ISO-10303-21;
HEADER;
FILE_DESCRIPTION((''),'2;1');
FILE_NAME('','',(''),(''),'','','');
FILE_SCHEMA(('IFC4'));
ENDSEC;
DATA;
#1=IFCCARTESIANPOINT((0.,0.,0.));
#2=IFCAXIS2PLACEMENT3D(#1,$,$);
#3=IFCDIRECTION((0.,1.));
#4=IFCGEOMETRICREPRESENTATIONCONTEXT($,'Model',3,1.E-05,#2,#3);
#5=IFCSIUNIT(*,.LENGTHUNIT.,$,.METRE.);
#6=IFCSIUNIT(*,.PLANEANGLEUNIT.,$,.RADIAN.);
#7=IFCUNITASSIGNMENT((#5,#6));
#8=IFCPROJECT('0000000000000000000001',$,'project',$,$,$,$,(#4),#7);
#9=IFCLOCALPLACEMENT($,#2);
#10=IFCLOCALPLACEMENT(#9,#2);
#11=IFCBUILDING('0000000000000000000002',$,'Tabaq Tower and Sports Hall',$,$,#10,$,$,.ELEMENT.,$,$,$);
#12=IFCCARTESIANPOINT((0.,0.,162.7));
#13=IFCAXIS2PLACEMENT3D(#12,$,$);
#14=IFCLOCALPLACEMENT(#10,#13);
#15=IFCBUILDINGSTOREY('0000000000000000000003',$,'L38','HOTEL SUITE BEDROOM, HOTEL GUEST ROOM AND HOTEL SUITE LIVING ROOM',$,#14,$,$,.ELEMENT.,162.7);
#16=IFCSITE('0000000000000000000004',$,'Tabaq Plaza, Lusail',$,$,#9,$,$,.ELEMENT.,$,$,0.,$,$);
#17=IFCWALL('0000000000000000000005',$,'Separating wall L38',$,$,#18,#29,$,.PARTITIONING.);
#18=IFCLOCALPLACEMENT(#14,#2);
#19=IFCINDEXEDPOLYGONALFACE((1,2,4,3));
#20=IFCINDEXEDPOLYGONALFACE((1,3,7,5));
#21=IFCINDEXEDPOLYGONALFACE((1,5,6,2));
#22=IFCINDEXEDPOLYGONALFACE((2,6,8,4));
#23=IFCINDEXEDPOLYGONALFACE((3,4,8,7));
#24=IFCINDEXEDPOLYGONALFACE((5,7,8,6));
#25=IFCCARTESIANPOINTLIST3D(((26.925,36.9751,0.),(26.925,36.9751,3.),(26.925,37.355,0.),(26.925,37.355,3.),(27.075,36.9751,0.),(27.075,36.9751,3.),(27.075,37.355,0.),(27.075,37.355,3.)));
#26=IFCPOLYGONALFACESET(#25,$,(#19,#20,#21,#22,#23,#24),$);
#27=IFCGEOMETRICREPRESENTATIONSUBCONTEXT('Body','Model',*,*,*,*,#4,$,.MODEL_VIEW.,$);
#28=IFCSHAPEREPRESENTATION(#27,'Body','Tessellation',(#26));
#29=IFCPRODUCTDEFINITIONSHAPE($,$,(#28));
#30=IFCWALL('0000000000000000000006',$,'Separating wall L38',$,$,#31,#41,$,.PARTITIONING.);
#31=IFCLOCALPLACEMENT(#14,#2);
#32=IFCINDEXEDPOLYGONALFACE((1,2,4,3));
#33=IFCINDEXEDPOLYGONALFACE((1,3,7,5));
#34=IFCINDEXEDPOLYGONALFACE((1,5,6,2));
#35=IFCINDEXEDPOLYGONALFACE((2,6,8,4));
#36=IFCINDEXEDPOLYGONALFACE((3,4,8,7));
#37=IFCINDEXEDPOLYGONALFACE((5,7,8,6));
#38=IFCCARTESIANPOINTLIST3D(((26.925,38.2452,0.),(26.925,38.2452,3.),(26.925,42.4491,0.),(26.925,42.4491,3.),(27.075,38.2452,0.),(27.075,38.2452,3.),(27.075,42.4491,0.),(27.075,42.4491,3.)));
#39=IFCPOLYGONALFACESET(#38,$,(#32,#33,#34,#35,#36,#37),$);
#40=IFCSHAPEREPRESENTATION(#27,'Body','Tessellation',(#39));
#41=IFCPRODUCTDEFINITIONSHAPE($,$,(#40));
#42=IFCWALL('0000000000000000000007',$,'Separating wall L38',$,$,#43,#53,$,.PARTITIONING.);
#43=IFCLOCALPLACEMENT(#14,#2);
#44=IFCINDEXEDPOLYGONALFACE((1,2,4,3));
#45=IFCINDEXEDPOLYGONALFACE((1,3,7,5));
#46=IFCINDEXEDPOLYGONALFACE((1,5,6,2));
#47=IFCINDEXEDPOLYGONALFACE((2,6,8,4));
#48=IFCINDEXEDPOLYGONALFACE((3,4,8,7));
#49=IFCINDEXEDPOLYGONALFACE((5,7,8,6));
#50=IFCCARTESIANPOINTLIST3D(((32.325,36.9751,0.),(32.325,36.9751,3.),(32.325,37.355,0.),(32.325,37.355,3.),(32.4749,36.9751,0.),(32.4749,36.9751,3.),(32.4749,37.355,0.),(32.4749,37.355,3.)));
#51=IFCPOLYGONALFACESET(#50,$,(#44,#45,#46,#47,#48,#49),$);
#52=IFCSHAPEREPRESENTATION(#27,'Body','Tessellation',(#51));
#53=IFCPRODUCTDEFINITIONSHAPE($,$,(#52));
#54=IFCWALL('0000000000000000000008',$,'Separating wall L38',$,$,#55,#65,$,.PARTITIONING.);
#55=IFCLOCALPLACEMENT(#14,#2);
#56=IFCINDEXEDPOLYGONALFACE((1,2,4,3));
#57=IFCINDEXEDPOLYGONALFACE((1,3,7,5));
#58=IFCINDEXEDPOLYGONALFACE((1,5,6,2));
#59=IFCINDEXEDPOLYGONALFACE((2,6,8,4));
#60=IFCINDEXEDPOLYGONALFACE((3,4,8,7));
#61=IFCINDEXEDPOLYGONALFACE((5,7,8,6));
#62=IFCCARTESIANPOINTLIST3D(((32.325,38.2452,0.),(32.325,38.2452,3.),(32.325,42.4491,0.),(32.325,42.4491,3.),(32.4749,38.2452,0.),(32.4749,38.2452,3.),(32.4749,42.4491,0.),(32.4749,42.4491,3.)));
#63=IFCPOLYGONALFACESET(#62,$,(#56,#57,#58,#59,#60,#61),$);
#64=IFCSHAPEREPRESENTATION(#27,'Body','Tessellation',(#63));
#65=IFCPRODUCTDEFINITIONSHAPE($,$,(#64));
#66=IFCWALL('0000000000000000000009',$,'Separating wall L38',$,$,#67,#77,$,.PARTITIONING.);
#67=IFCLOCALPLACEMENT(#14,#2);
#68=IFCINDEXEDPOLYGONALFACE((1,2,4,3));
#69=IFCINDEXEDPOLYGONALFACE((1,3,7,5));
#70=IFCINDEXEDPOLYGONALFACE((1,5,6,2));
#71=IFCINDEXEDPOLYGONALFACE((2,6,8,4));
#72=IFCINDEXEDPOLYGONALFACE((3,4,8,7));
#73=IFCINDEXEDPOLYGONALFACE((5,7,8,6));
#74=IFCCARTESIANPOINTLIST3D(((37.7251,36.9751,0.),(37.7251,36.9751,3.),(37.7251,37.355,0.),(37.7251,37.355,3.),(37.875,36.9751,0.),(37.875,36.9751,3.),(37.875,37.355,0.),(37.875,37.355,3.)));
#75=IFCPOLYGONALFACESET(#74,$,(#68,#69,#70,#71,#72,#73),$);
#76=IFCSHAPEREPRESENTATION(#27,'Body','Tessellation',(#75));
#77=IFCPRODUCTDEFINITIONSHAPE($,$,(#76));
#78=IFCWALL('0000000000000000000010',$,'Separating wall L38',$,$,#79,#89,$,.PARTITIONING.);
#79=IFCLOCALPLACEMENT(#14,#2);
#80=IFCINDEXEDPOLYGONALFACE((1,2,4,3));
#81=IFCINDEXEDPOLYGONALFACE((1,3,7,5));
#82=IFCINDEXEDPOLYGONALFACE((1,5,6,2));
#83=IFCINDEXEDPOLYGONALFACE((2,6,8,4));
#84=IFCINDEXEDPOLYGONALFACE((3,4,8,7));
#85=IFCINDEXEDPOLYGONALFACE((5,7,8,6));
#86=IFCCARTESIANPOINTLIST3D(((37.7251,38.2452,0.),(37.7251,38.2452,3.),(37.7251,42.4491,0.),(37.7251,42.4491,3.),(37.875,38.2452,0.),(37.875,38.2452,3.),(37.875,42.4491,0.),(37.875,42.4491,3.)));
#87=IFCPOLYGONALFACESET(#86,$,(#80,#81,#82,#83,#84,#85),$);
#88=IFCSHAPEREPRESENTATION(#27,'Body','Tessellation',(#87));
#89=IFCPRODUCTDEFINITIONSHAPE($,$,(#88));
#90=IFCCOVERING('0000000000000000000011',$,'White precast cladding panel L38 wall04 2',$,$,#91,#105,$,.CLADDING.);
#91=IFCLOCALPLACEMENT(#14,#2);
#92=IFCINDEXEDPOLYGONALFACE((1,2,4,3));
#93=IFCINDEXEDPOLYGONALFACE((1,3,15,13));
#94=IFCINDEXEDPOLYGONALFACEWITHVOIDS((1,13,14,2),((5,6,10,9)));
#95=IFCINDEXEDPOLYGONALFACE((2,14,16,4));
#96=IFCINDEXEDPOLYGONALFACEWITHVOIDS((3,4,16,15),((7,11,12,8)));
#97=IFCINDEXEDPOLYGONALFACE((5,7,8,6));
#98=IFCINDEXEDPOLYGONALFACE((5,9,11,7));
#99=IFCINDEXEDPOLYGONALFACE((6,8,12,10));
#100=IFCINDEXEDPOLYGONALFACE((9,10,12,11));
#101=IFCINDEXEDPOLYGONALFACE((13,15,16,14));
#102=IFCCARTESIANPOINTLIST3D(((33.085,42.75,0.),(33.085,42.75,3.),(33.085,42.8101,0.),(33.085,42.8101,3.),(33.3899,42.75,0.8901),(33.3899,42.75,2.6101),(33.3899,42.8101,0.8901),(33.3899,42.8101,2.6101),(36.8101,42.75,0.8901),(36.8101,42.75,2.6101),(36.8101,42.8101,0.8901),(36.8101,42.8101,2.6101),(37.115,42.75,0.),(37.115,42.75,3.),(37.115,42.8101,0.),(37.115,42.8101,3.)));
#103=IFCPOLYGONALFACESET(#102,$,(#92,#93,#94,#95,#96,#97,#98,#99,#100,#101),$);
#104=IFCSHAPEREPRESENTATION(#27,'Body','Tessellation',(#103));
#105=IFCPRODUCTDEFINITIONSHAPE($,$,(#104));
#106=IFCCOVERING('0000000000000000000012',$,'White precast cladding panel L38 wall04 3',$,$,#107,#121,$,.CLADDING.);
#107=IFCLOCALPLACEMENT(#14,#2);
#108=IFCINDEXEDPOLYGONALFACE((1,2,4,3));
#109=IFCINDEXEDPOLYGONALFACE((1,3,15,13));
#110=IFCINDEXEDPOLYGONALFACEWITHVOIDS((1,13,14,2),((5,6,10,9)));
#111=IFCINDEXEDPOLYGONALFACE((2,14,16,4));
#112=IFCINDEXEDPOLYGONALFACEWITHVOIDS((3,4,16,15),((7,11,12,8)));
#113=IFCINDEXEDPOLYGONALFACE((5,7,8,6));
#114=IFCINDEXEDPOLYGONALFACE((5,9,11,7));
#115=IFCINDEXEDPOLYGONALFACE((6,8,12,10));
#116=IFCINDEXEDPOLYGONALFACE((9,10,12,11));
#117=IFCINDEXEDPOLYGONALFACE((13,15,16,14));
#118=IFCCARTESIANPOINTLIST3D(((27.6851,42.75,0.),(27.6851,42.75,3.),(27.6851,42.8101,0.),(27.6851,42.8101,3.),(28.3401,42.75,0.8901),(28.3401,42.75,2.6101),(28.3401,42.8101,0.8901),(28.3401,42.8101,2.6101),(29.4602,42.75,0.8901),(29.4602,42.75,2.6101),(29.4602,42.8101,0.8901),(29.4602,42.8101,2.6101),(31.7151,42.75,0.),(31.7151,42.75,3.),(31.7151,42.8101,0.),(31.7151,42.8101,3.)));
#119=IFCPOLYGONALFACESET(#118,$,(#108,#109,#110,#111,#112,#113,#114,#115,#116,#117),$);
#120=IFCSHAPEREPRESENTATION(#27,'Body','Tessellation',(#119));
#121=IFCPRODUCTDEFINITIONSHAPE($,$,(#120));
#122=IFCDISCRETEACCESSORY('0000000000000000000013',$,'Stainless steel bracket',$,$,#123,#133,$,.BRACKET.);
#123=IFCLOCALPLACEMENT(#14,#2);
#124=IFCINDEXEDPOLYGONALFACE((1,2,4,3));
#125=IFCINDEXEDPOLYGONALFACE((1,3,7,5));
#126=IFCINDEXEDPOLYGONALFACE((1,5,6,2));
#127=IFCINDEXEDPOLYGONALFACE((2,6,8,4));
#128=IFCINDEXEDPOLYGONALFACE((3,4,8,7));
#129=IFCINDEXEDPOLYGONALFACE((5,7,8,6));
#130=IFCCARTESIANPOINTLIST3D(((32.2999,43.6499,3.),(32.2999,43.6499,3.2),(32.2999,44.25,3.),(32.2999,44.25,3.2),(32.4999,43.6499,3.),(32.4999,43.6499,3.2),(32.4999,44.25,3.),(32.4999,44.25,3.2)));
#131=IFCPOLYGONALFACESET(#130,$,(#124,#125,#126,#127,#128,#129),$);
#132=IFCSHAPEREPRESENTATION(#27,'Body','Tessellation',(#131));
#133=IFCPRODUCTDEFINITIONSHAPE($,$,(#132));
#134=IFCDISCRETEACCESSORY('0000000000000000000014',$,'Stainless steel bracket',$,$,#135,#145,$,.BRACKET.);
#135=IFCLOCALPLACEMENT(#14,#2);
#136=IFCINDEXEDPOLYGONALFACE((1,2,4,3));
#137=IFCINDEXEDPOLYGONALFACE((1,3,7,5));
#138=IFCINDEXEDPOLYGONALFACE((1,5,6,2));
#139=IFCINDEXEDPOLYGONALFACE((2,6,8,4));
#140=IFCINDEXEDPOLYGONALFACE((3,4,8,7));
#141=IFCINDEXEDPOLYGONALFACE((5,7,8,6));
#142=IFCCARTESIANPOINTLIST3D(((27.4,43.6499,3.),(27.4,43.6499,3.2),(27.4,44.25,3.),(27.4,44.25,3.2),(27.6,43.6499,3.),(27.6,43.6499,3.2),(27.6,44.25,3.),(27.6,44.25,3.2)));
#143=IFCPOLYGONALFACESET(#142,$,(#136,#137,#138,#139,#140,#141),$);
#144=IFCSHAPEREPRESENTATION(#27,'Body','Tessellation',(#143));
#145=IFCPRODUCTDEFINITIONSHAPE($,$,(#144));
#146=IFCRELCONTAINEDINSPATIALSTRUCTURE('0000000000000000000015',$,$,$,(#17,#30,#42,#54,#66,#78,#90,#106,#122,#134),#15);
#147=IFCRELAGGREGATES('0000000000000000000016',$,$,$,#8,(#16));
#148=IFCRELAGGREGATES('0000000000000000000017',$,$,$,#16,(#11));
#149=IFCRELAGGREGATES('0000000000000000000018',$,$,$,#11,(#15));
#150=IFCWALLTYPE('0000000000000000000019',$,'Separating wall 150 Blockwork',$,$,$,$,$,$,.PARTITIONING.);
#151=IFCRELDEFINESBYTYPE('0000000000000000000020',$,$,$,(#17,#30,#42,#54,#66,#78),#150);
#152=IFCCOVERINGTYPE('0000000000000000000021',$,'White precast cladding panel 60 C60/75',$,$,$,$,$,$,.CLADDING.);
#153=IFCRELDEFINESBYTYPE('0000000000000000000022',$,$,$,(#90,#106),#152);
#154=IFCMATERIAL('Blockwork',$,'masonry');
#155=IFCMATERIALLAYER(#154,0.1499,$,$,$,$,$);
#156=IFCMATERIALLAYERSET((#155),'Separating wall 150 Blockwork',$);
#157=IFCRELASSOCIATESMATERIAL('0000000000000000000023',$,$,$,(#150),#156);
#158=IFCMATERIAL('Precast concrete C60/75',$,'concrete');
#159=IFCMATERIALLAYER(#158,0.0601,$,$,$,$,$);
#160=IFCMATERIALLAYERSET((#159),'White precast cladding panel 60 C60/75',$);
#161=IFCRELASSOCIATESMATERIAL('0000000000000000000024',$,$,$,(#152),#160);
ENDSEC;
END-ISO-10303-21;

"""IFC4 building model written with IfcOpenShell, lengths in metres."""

from ifc_helpers import new_model, si_unit, direction, frame, frame_2d, origin, origin_2d, place, context, subcontext, project, spatial, polyline, rectangle, outline, extrude, material, layer, layer_set, type_object, element, save


model = new_model("IFC4")

# Units and contexts
model_context = context("Model", 3, precision=1e-05, world=origin(), true_north=direction((0.0, 1.0)))
body_context = subcontext(model_context, "Body", "Model", "MODEL_VIEW")
ifc_project = project(units=[si_unit("LENGTHUNIT", "METRE"), si_unit("PLANEANGLEUNIT", "RADIAN")], contexts=[model_context])

# Site, building, storey
site_placement = place(None, origin())
site = spatial("IfcSite", under=ifc_project, at=site_placement, Name="Tabaq Plaza, Lusail", CompositionType="ELEMENT", RefElevation=0.0)
building_placement = place(site_placement, origin())
building = spatial("IfcBuilding", under=site, at=building_placement, Name="Tabaq Tower and Sports Hall", CompositionType="ELEMENT")
storey_placement = place(building_placement, frame((0.0, 0.0, 162.7)))
storey = spatial("IfcBuildingStorey", under=building, at=storey_placement, Name="L38", Description="HOTEL SUITE BEDROOM, HOTEL GUEST ROOM AND HOTEL SUITE LIVING ROOM", CompositionType="ELEMENT", Elevation=162.7)

# Walls
ifc_material_1 = material(Name="Blockwork", Category="masonry")
ifc_layer_1 = layer(ifc_material_1, 0.1499)
ifc_layer_set_1 = layer_set([ifc_layer_1], Name="Separating wall 150 Blockwork")
wall_type_1 = type_object("IfcWallType", Name="Separating wall 150 Blockwork", PredefinedType="PARTITIONING", material=ifc_layer_set_1)
wall_1_placement = place(storey_placement, frame((27.0, 36.9751, 0.0), z_axis=(0.0, 0.0, 1.0), x_axis=(0.0, 1.0, 0.0)))
element("IfcWall", 1, at=wall_1_placement, inside=storey, type_object=wall_type_1, Name="Separating wall L38", PredefinedType="PARTITIONING", context=body_context, shape_type="SweptSolid", body=[
    extrude(rectangle(XDim=0.3799, YDim=0.1499, at=frame_2d((0.1899, 0.0))), origin(), (0.0, 0.0, 1.0), 3.0),
])
wall_2_placement = place(storey_placement, frame((27.0, 38.2451, 0.0), z_axis=(0.0, 0.0, 1.0), x_axis=(0.0, 1.0, 0.0)))
element("IfcWall", 2, at=wall_2_placement, inside=storey, type_object=wall_type_1, Name="Separating wall L38", PredefinedType="PARTITIONING", context=body_context, shape_type="SweptSolid", body=[
    extrude(rectangle(XDim=4.2039, YDim=0.1499, at=frame_2d((2.1021, 0.0))), origin(), (0.0, 0.0, 1.0), 3.0),
])
wall_3_placement = place(storey_placement, frame((32.3999, 36.9751, 0.0), z_axis=(0.0, 0.0, 1.0), x_axis=(0.0, 1.0, 0.0)))
element("IfcWall", 3, at=wall_3_placement, inside=storey, type_object=wall_type_1, Name="Separating wall L38", PredefinedType="PARTITIONING", context=body_context, shape_type="SweptSolid", body=[
    extrude(rectangle(XDim=0.3799, YDim=0.1499, at=frame_2d((0.1899, 0.0))), origin(), (0.0, 0.0, 1.0), 3.0),
])
wall_4_placement = place(storey_placement, frame((32.3999, 38.2451, 0.0), z_axis=(0.0, 0.0, 1.0), x_axis=(0.0, 1.0, 0.0)))
element("IfcWall", 4, at=wall_4_placement, inside=storey, type_object=wall_type_1, Name="Separating wall L38", PredefinedType="PARTITIONING", context=body_context, shape_type="SweptSolid", body=[
    extrude(rectangle(XDim=4.2039, YDim=0.1499, at=frame_2d((2.1021, 0.0))), origin(), (0.0, 0.0, 1.0), 3.0),
])
wall_5_placement = place(storey_placement, frame((37.8, 36.9751, 0.0), z_axis=(0.0, 0.0, 1.0), x_axis=(0.0, 1.0, 0.0)))
element("IfcWall", 5, at=wall_5_placement, inside=storey, type_object=wall_type_1, Name="Separating wall L38", PredefinedType="PARTITIONING", context=body_context, shape_type="SweptSolid", body=[
    extrude(rectangle(XDim=0.3799, YDim=0.1499, at=frame_2d((0.1899, 0.0))), origin(), (0.0, 0.0, 1.0), 3.0),
])
wall_6_placement = place(storey_placement, frame((37.8, 38.2451, 0.0), z_axis=(0.0, 0.0, 1.0), x_axis=(0.0, 1.0, 0.0)))
element("IfcWall", 6, at=wall_6_placement, inside=storey, type_object=wall_type_1, Name="Separating wall L38", PredefinedType="PARTITIONING", context=body_context, shape_type="SweptSolid", body=[
    extrude(rectangle(XDim=4.2039, YDim=0.1499, at=frame_2d((2.1021, 0.0))), origin(), (0.0, 0.0, 1.0), 3.0),
])

# Coverings
ifc_material_2 = material(Name="Precast concrete C60/75", Category="concrete")
ifc_layer_2 = layer(ifc_material_2, 0.0601)
ifc_layer_set_2 = layer_set([ifc_layer_2], Name="White precast cladding panel 60 C60/75")
covering_type = type_object("IfcCoveringType", Name="White precast cladding panel 60 C60/75", PredefinedType="CLADDING", material=ifc_layer_set_2)
covering_1_placement = place(storey_placement, frame((37.115, 42.78, 0.0), z_axis=(0.0, 0.0, 1.0), x_axis=(-1.0, 0.0, 0.0)))
element("IfcCovering", 7, at=covering_1_placement, inside=storey, type_object=covering_type, Name="White precast cladding panel L38 wall04 2", PredefinedType="CLADDING", context=body_context, shape_type="SweptSolid", body=[
    extrude(outline(polyline([(0.0, 0.0), (4.03, 0.0), (4.03, 3.0), (0.0, 3.0), (0.0, 0.0)]), holes=[polyline([(0.3049, 0.8901), (0.3049, 2.6101), (3.7251, 2.6101), (3.7251, 0.8901), (0.3049, 0.8901)])]), frame((0.0, 0.03, 0.0), z_axis=(0.0, -1.0, 0.0), x_axis=(1.0, 0.0, 0.0)), (0.0, 0.0, 1.0), 0.0601),
])
covering_2_placement = place(storey_placement, frame((31.7151, 42.78, 0.0), z_axis=(0.0, 0.0, 1.0), x_axis=(-1.0, 0.0, 0.0)))
element("IfcCovering", 8, at=covering_2_placement, inside=storey, type_object=covering_type, Name="White precast cladding panel L38 wall04 3", PredefinedType="CLADDING", context=body_context, shape_type="SweptSolid", body=[
    extrude(outline(polyline([(0.0, 0.0), (4.03, 0.0), (4.03, 3.0), (0.0, 3.0), (0.0, 0.0)]), holes=[polyline([(2.2549, 0.8901), (2.2549, 2.6101), (3.375, 2.6101), (3.375, 0.8901), (2.2549, 0.8901)])]), frame((0.0, 0.03, 0.0), z_axis=(0.0, -1.0, 0.0), x_axis=(1.0, 0.0, 0.0)), (0.0, 0.0, 1.0), 0.0601),
])

# Discrete accessories
for number, where, z_axis, x_axis, name in (
    (9, (32.3999, 43.95, 3.0), (0.0, 0.0, 1.0), (0.0, 1.0, 0.0), "Stainless steel bracket"),
    (10, (27.5, 43.95, 3.0), (0.0, 0.0, 1.0), (0.0, 1.0, 0.0), "Stainless steel bracket"),
):
    element("IfcDiscreteAccessory", number, at=place(storey_placement, frame(where, z_axis=z_axis, x_axis=x_axis)), inside=storey, Name=name, PredefinedType="BRACKET", context=body_context, shape_type="SweptSolid", body=[
        extrude(rectangle(XDim=0.6001, YDim=0.2, at=origin_2d()), origin(), (0.0, 0.0, 1.0), 0.2),
    ])

save(model, "model.ifc")
